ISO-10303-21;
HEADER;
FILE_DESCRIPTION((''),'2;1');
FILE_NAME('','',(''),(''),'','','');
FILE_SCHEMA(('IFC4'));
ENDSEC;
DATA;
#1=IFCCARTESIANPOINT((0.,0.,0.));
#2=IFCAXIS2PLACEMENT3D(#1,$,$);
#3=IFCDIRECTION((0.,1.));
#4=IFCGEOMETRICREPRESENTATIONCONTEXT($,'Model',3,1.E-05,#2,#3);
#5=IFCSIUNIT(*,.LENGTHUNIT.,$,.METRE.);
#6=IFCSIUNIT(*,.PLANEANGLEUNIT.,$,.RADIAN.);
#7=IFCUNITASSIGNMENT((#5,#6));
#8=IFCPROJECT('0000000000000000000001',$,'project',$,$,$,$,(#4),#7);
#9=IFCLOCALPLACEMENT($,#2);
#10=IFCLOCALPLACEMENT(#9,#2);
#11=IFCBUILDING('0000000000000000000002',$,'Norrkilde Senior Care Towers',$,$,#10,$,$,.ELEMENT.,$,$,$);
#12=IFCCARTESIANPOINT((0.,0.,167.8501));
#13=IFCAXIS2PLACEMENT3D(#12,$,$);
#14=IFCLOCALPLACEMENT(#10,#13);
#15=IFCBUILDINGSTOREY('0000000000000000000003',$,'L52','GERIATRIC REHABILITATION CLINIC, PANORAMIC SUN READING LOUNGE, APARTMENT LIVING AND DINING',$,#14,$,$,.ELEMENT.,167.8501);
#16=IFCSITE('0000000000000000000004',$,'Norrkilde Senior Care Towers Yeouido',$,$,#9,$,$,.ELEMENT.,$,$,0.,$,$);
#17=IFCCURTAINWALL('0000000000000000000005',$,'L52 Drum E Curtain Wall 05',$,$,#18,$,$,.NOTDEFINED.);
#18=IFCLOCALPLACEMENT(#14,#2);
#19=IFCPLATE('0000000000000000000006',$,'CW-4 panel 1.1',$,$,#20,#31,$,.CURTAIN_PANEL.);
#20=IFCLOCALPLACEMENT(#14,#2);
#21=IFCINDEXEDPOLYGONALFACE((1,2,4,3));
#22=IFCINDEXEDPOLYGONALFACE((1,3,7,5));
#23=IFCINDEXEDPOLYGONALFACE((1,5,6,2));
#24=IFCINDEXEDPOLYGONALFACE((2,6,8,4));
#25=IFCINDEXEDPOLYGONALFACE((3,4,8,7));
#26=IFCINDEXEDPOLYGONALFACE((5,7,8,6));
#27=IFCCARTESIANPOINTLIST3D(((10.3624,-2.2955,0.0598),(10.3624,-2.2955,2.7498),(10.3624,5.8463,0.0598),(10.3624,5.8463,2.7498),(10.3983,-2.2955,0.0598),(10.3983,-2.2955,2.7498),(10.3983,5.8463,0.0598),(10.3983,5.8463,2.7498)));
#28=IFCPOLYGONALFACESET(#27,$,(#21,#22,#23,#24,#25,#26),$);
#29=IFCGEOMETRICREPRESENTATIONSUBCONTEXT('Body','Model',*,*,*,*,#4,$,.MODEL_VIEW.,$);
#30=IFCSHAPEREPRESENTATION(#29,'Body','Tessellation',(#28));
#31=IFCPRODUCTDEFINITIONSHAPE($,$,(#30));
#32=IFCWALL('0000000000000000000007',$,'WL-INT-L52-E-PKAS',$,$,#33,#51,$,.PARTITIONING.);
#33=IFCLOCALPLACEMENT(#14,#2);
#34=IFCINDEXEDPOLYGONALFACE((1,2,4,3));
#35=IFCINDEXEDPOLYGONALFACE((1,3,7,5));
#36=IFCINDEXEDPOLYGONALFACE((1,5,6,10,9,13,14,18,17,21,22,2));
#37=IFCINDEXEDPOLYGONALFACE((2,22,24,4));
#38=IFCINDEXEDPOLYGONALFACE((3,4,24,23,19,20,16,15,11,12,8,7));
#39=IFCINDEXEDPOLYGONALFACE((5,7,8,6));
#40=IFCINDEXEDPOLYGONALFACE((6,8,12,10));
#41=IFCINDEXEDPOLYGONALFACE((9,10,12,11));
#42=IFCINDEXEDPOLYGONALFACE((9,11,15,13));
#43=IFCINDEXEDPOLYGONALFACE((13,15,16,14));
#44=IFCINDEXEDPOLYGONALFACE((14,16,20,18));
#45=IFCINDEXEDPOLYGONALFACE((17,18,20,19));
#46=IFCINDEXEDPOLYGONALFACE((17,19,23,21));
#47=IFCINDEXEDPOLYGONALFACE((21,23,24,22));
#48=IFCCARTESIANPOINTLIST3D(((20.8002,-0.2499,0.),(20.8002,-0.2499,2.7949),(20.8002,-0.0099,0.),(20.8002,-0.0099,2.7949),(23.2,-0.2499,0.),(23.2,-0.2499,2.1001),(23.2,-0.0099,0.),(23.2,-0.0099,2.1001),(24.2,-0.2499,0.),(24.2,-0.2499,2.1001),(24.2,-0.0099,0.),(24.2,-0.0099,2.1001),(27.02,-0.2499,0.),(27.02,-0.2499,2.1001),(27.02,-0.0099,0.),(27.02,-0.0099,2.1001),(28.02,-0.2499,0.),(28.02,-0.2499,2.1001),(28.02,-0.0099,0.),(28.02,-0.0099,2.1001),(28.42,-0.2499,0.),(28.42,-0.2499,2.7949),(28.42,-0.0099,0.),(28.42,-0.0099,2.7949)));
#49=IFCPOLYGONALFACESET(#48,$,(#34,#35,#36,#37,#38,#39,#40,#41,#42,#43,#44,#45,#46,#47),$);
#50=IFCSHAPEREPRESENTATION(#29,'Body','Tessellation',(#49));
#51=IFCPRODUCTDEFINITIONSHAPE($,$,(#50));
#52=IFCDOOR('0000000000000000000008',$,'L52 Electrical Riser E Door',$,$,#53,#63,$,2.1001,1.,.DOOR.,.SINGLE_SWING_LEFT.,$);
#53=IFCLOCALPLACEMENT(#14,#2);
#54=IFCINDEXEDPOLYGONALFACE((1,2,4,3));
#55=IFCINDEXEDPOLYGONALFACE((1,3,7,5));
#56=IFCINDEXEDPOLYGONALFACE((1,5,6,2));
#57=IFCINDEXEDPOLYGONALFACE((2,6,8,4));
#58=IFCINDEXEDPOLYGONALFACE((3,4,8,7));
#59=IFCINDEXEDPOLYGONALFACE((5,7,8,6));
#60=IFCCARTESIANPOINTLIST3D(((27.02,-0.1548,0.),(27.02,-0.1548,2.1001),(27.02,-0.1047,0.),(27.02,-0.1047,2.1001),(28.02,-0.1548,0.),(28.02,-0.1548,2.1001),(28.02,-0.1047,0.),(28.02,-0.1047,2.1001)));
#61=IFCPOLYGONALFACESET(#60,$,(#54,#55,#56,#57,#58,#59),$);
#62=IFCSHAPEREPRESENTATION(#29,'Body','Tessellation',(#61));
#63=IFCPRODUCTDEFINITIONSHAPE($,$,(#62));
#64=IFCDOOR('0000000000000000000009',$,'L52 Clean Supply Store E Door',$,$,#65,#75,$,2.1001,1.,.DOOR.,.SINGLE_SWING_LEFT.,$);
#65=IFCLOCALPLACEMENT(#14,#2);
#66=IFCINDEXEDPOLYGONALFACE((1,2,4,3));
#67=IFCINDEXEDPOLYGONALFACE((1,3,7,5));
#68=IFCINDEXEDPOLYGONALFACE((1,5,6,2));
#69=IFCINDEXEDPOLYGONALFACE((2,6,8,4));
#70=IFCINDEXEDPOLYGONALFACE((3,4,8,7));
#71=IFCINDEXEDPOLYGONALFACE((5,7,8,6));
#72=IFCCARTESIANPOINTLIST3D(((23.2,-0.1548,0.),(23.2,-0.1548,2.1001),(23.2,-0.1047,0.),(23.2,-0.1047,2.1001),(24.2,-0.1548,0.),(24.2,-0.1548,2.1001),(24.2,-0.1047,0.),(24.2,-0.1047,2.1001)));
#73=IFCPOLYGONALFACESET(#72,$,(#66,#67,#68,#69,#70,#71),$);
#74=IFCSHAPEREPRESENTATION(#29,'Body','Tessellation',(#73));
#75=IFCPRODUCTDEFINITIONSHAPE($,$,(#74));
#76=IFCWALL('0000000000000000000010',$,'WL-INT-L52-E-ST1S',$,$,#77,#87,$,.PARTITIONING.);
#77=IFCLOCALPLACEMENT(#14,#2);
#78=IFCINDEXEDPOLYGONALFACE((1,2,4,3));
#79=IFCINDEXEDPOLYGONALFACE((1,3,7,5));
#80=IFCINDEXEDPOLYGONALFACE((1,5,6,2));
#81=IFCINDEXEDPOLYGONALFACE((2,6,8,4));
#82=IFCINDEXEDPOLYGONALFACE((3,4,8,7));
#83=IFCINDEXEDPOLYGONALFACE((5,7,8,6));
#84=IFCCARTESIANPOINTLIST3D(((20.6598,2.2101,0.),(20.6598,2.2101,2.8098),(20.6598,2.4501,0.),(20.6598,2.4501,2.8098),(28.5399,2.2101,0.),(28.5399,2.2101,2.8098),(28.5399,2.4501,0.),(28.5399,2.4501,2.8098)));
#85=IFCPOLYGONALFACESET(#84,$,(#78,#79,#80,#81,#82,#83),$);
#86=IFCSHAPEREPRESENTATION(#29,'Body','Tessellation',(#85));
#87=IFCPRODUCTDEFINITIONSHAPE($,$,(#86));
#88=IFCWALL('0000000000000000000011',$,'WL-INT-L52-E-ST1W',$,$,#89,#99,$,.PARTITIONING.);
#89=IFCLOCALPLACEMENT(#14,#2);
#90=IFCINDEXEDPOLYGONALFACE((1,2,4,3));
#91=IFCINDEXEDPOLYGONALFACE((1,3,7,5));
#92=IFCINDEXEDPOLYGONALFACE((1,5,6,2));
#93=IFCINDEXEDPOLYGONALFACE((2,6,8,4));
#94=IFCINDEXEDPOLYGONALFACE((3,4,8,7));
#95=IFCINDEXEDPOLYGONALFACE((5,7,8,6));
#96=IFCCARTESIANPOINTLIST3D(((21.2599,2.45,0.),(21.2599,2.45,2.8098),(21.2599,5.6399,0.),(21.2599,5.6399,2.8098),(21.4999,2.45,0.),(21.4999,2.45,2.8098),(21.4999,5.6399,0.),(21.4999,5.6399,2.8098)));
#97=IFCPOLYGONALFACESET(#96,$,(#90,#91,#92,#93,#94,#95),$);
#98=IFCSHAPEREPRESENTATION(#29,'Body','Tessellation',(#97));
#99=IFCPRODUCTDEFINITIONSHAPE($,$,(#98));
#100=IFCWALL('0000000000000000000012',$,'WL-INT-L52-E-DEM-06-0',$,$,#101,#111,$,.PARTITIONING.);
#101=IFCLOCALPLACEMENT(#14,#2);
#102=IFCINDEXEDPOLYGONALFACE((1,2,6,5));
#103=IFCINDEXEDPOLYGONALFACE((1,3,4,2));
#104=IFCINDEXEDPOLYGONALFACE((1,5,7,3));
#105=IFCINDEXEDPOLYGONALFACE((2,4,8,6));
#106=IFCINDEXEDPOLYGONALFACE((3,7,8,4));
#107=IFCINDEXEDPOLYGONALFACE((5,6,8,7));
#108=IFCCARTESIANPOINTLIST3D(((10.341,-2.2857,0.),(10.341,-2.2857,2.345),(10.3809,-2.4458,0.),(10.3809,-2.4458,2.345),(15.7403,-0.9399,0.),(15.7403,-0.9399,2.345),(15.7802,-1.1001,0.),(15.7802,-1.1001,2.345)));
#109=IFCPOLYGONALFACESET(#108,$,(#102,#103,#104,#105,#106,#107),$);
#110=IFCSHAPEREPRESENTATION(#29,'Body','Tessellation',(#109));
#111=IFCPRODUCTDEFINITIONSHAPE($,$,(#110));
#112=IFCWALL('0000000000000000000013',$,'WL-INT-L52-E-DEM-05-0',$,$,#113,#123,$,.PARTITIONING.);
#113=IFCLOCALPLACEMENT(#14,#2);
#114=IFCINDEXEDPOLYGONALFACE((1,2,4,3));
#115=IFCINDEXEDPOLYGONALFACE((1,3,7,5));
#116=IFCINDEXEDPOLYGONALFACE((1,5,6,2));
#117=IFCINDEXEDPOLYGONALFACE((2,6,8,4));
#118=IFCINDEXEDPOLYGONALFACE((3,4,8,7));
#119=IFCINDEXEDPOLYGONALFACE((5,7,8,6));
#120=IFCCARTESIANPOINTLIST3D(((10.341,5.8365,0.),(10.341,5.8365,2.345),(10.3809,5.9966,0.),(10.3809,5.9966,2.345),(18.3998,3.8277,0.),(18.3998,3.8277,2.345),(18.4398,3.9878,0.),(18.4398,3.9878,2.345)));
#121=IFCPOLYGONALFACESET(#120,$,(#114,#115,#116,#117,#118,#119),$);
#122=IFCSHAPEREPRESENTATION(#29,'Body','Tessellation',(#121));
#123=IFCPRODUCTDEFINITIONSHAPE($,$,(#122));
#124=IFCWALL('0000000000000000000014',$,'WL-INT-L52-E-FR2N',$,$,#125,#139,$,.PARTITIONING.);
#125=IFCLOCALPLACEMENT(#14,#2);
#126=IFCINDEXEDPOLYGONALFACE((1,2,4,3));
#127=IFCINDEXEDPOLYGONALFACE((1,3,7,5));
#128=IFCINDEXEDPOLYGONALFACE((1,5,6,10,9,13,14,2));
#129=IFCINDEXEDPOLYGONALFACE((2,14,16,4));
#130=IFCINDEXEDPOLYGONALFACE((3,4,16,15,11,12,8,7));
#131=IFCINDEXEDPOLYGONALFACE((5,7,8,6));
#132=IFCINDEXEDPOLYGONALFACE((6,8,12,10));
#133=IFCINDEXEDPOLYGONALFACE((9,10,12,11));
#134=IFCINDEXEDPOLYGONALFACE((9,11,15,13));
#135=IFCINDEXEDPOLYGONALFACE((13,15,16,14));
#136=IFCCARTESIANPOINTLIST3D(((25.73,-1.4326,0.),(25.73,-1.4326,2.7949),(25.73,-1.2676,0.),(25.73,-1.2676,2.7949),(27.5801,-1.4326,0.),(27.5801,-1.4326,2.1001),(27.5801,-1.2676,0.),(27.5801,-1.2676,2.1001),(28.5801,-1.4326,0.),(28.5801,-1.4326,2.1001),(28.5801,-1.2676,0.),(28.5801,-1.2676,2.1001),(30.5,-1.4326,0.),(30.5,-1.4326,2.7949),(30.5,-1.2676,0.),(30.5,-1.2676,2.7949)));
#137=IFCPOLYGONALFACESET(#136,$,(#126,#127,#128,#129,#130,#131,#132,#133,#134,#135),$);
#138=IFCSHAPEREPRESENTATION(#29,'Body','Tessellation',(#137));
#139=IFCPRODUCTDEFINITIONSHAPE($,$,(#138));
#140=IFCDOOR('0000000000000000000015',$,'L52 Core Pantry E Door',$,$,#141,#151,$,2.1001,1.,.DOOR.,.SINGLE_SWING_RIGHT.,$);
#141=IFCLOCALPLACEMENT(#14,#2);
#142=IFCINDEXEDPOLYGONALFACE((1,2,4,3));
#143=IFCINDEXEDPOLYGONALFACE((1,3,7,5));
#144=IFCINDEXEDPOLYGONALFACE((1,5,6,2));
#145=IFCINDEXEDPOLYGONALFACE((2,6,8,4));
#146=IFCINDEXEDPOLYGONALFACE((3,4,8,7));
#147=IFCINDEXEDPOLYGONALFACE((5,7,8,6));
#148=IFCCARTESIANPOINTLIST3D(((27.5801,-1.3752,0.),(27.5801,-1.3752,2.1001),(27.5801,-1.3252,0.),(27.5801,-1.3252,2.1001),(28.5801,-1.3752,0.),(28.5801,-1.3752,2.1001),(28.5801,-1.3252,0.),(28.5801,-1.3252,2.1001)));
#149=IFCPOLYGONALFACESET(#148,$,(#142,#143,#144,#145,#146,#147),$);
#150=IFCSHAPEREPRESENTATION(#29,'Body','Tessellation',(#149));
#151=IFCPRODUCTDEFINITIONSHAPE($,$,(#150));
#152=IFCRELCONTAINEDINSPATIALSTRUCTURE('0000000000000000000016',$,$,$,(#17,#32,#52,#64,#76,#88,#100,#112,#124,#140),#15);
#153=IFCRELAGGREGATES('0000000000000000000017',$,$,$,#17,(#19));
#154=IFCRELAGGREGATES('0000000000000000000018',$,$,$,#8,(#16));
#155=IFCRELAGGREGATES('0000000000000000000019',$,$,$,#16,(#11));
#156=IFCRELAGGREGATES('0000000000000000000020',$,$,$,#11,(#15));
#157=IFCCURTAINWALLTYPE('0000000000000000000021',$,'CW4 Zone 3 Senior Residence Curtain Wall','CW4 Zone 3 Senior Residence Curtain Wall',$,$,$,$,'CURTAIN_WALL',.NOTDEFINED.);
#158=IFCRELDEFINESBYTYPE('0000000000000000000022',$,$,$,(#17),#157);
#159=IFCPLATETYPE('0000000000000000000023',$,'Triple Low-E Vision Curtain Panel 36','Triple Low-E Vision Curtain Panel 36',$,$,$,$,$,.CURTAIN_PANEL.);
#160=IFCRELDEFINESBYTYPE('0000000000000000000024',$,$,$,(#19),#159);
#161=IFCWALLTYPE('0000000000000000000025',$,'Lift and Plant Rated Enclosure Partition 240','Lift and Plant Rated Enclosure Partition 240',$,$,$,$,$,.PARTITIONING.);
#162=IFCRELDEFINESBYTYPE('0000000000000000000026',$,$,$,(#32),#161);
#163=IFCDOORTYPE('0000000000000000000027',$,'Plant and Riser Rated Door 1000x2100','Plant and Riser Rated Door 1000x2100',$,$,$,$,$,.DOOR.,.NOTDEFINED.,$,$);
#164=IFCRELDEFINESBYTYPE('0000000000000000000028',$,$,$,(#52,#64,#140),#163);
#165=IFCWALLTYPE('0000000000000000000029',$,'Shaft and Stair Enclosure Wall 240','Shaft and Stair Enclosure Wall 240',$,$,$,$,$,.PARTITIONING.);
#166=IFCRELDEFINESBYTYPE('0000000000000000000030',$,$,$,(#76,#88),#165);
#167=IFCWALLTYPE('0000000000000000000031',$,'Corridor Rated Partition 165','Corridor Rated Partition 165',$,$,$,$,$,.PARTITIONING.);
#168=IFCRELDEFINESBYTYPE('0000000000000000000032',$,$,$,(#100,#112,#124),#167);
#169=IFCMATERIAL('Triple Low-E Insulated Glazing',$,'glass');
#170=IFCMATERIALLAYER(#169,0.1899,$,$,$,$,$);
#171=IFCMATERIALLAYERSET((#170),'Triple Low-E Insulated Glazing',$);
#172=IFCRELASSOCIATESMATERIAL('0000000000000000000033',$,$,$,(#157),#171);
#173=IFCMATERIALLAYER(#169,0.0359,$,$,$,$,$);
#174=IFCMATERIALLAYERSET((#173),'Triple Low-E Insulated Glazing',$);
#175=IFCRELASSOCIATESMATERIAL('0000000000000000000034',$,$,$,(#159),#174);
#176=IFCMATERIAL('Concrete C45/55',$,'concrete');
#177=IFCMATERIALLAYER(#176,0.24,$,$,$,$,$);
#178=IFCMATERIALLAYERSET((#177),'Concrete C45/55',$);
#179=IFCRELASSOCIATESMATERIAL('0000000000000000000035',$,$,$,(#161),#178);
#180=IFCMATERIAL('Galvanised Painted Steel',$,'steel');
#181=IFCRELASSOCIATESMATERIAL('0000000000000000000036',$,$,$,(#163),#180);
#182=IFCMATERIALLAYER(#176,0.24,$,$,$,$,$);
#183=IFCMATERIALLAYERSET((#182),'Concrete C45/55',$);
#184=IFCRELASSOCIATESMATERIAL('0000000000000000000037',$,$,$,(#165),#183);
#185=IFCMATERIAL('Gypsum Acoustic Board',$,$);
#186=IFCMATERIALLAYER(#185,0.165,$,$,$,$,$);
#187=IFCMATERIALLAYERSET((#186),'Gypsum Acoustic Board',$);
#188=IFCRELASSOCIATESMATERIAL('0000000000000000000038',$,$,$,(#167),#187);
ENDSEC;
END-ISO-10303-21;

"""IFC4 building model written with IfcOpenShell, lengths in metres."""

from ifc_helpers import new_model, si_unit, direction, frame, frame_2d, origin, origin_2d, place, context, subcontext, project, spatial, rectangle, extrude, source, transform, mapped, material, layer, layer_set, type_object, type_shapes, element, fill, aggregate, save


model = new_model("IFC4")

# Units and contexts
model_context = context("Model", 3, precision=1e-05, world=origin(), true_north=direction((0.0, 1.0)))
body_context = subcontext(model_context, "Body", "Model", "MODEL_VIEW")
ifc_project = project(units=[si_unit("LENGTHUNIT", "METRE"), si_unit("PLANEANGLEUNIT", "RADIAN")], contexts=[model_context])

# Site, building, storey
site_placement = place(None, origin())
site = spatial("IfcSite", under=ifc_project, at=site_placement, Name="Norrkilde Senior Care Towers Yeouido", CompositionType="ELEMENT", RefElevation=0.0)
building_placement = place(site_placement, origin())
building = spatial("IfcBuilding", under=site, at=building_placement, Name="Norrkilde Senior Care Towers", CompositionType="ELEMENT")
storey_placement = place(building_placement, frame((0.0, 0.0, 167.8501)))
storey = spatial("IfcBuildingStorey", under=building, at=storey_placement, Name="L52", Description="GERIATRIC REHABILITATION CLINIC, PANORAMIC SUN READING LOUNGE, APARTMENT LIVING AND DINING", CompositionType="ELEMENT", Elevation=167.8501)

# Shared definitions
ifc_material_1 = material(Name="Triple Low-E Insulated Glazing", Category="glass")
ifc_layer_1 = layer(ifc_material_1, 0.1899)
ifc_layer_set_1 = layer_set([ifc_layer_1], Name="Triple Low-E Insulated Glazing")
curtain_wall_type = type_object("IfcCurtainWallType", Name="CW4 Zone 3 Senior Residence Curtain Wall", Description="CW4 Zone 3 Senior Residence Curtain Wall", ElementType="CURTAIN_WALL", PredefinedType="NOTDEFINED", material=ifc_layer_set_1)

# Curtain wall, plate
curtain_wall_1_placement = place(storey_placement, origin())
curtain_wall_1 = element("IfcCurtainWall", 1, at=curtain_wall_1_placement, inside=storey, type_object=curtain_wall_type, Name="L52 Drum E Curtain Wall 05", PredefinedType="NOTDEFINED")
ifc_layer_2 = layer(ifc_material_1, 0.0359)
ifc_layer_set_2 = layer_set([ifc_layer_2], Name="Triple Low-E Insulated Glazing")
plate_type = type_object("IfcPlateType", Name="Triple Low-E Vision Curtain Panel 36", Description="Triple Low-E Vision Curtain Panel 36", PredefinedType="CURTAIN_PANEL", material=ifc_layer_set_2)
shared_shape_1 = source(origin(), body_context, "Body", "SweptSolid", [
    extrude(rectangle(XDim=8.1418, YDim=0.0359, at=origin_2d()), origin(), (0.0, 0.0, 1.0), 2.6899),
])
type_shapes(plate_type, [shared_shape_1])
plate_placement = place(storey_placement, frame((10.3804, 1.7754, 0.0598), z_axis=(0.0, 0.0, 1.0), x_axis=(0.0, 1.0, 0.0)))
plate = element("IfcPlate", 2, at=plate_placement, type_object=plate_type, Name="CW-4 panel 1.1", PredefinedType="CURTAIN_PANEL", context=body_context, shape_type="MappedRepresentation", body=[
    mapped(shared_shape_1, transform((0.0, 0.0, 0.0), x_axis=(1.0, 0.0, 0.0), y_axis=(0.0, 1.0, 0.0), z_axis=(0.0, 0.0, 1.0), scale=1.0)),
])
aggregate(curtain_wall_1, [plate])

# Wall, openings, doors
ifc_material_2 = material(Name="Concrete C45/55", Category="concrete")
ifc_layer_3 = layer(ifc_material_2, 0.24)
ifc_layer_set_3 = layer_set([ifc_layer_3], Name="Concrete C45/55")
wall_type_1 = type_object("IfcWallType", Name="Lift and Plant Rated Enclosure Partition 240", Description="Lift and Plant Rated Enclosure Partition 240", PredefinedType="PARTITIONING", material=ifc_layer_set_3)
shared_shape_2 = source(origin(), body_context, "Body", "SweptSolid", [
    extrude(rectangle(XDim=7.6199, YDim=0.24, at=frame_2d((3.8101, 0.0))), origin(), (0.0, 0.0, 1.0), 2.7949),
])
type_shapes(wall_type_1, [shared_shape_2])
wall_1_placement = place(storey_placement, frame((20.8, -0.1299, 0.0), z_axis=(0.0, 0.0, 1.0), x_axis=(1.0, 0.0, 0.0)))
wall_1 = element("IfcWall", 3, at=wall_1_placement, inside=storey, type_object=wall_type_1, Name="WL-INT-L52-E-PKAS", PredefinedType="PARTITIONING", context=body_context, shape_type="MappedRepresentation", body=[
    mapped(shared_shape_2, transform((0.0, 0.0, 0.0), x_axis=(1.0, 0.0, 0.0), y_axis=(0.0, 1.0, 0.0), z_axis=(0.0, 0.0, 1.0), scale=1.0)),
])
opening_1_placement = place(wall_1_placement, frame((6.22, 0.0, 0.0)))
opening_1 = element("IfcOpeningElement", 4, at=opening_1_placement, cuts=wall_1, PredefinedType="OPENING", context=body_context, shape_type="SweptSolid", body=[
    extrude(rectangle(XDim=1.0, YDim=2.1001, at=frame_2d((0.5, 1.05))), frame((0.0, 0.1299, 0.0), z_axis=(0.0, -1.0, 0.0), x_axis=(1.0, 0.0, 0.0)), (0.0, 0.0, 1.0), 0.26),
])
opening_2_placement = place(wall_1_placement, frame((2.3999, 0.0, 0.0)))
opening_2 = element("IfcOpeningElement", 5, at=opening_2_placement, cuts=wall_1, PredefinedType="OPENING", context=body_context, shape_type="SweptSolid", body=[
    extrude(rectangle(XDim=1.0, YDim=2.1001, at=frame_2d((0.5, 1.05))), frame((0.0, 0.1299, 0.0), z_axis=(0.0, -1.0, 0.0), x_axis=(1.0, 0.0, 0.0)), (0.0, 0.0, 1.0), 0.26),
])
ifc_material_3 = material(Name="Galvanised Painted Steel", Category="steel")
door_type = type_object("IfcDoorType", Name="Plant and Riser Rated Door 1000x2100", Description="Plant and Riser Rated Door 1000x2100", OperationType="NOTDEFINED", PredefinedType="DOOR", material=ifc_material_3)
shared_shape_3 = source(origin(), body_context, "Body", "SweptSolid", [
    extrude(rectangle(XDim=1.0, YDim=2.1001, at=frame_2d((0.5, 1.05))), frame((0.0, 0.0249, 0.0), z_axis=(0.0, -1.0, 0.0), x_axis=(1.0, 0.0, 0.0)), (0.0, 0.0, 1.0), 0.05),
])
type_shapes(door_type, [shared_shape_3])
door_1_placement = place(opening_1_placement, frame((1.0, 0.0, 0.0), z_axis=(0.0, 0.0, 1.0), x_axis=(-1.0, 0.0, 0.0)))
door_1 = element("IfcDoor", 6, at=door_1_placement, inside=storey, type_object=door_type, Name="L52 Electrical Riser E Door", OperationType="SINGLE_SWING_LEFT", OverallHeight=2.1001, OverallWidth=1.0, PredefinedType="DOOR", context=body_context, shape_type="MappedRepresentation", body=[
    mapped(shared_shape_3, transform((0.0, 0.0, 0.0), x_axis=(1.0, 0.0, 0.0), y_axis=(0.0, 1.0, 0.0), z_axis=(0.0, 0.0, 1.0), scale=1.0)),
])
fill(opening_1, door_1)
door_2_placement = place(opening_2_placement, frame((1.0, 0.0, 0.0), z_axis=(0.0, 0.0, 1.0), x_axis=(-1.0, 0.0, 0.0)))
door_2 = element("IfcDoor", 7, at=door_2_placement, inside=storey, type_object=door_type, Name="L52 Clean Supply Store E Door", OperationType="SINGLE_SWING_LEFT", OverallHeight=2.1001, OverallWidth=1.0, PredefinedType="DOOR", context=body_context, shape_type="MappedRepresentation", body=[
    mapped(shared_shape_3, transform((0.0, 0.0, 0.0), x_axis=(1.0, 0.0, 0.0), y_axis=(0.0, 1.0, 0.0), z_axis=(0.0, 0.0, 1.0), scale=1.0)),
])
fill(opening_2, door_2)

# Walls
ifc_layer_4 = layer(ifc_material_2, 0.24)
ifc_layer_set_4 = layer_set([ifc_layer_4], Name="Concrete C45/55")
wall_type_2 = type_object("IfcWallType", Name="Shaft and Stair Enclosure Wall 240", Description="Shaft and Stair Enclosure Wall 240", PredefinedType="PARTITIONING", material=ifc_layer_set_4)
shared_shape_4 = source(origin(), body_context, "Body", "SweptSolid", [
    extrude(rectangle(XDim=7.8801, YDim=0.24, at=frame_2d((3.9399, 0.0))), origin(), (0.0, 0.0, 1.0), 2.8098),
])
wall_2_placement = place(storey_placement, frame((20.6599, 2.3301, 0.0), z_axis=(0.0, 0.0, 1.0), x_axis=(1.0, 0.0, 0.0)))
element("IfcWall", 8, at=wall_2_placement, inside=storey, type_object=wall_type_2, Name="WL-INT-L52-E-ST1S", PredefinedType="PARTITIONING", context=body_context, shape_type="MappedRepresentation", body=[
    mapped(shared_shape_4, transform((0.0, 0.0, 0.0), x_axis=(1.0, 0.0, 0.0), y_axis=(0.0, 1.0, 0.0), z_axis=(0.0, 0.0, 1.0), scale=1.0)),
])
shared_shape_5 = source(origin(), body_context, "Body", "SweptSolid", [
    extrude(rectangle(XDim=3.1899, YDim=0.24, at=frame_2d((1.595, 0.0))), origin(), (0.0, 0.0, 1.0), 2.8098),
])
type_shapes(wall_type_2, [shared_shape_4, shared_shape_5])
wall_3_placement = place(storey_placement, frame((21.3799, 2.45, 0.0), z_axis=(0.0, 0.0, 1.0), x_axis=(0.0, 1.0, 0.0)))
element("IfcWall", 9, at=wall_3_placement, inside=storey, type_object=wall_type_2, Name="WL-INT-L52-E-ST1W", PredefinedType="PARTITIONING", context=body_context, shape_type="MappedRepresentation", body=[
    mapped(shared_shape_5, transform((0.0, 0.0, 0.0), x_axis=(1.0, 0.0, 0.0), y_axis=(0.0, 1.0, 0.0), z_axis=(0.0, 0.0, 1.0), scale=1.0)),
])
ifc_material_4 = material(Name="Gypsum Acoustic Board")
ifc_layer_5 = layer(ifc_material_4, 0.165)
ifc_layer_set_5 = layer_set([ifc_layer_5], Name="Gypsum Acoustic Board")
wall_type_3 = type_object("IfcWallType", Name="Corridor Rated Partition 165", Description="Corridor Rated Partition 165", PredefinedType="PARTITIONING", material=ifc_layer_set_5)
shared_shape_6 = source(origin(), body_context, "Body", "SweptSolid", [
    extrude(rectangle(XDim=5.5645, YDim=0.165, at=frame_2d((2.7822, 0.0))), origin(), (0.0, 0.0, 1.0), 2.345),
])
wall_4_placement = place(storey_placement, frame((15.7603, -1.02, 0.0), z_axis=(0.0, 0.0, 1.0), x_axis=(-0.970315, -0.241844, 0.0)))
element("IfcWall", 10, at=wall_4_placement, inside=storey, type_object=wall_type_3, Name="WL-INT-L52-E-DEM-06-0", PredefinedType="PARTITIONING", context=body_context, shape_type="MappedRepresentation", body=[
    mapped(shared_shape_6, transform((0.0, 0.0, 0.0), x_axis=(1.0, 0.0, 0.0), y_axis=(0.0, 1.0, 0.0), z_axis=(0.0, 0.0, 1.0), scale=1.0)),
])
shared_shape_7 = source(origin(), body_context, "Body", "SweptSolid", [
    extrude(rectangle(XDim=8.3054, YDim=0.165, at=frame_2d((4.1528, 0.0))), origin(), (0.0, 0.0, 1.0), 2.345),
])
wall_5_placement = place(storey_placement, frame((18.4199, 3.9077, 0.0), z_axis=(0.0, 0.0, 1.0), x_axis=(-0.97031, 0.241865, 0.0)))
element("IfcWall", 11, at=wall_5_placement, inside=storey, type_object=wall_type_3, Name="WL-INT-L52-E-DEM-05-0", PredefinedType="PARTITIONING", context=body_context, shape_type="MappedRepresentation", body=[
    mapped(shared_shape_7, transform((0.0, 0.0, 0.0), x_axis=(1.0, 0.0, 0.0), y_axis=(0.0, 1.0, 0.0), z_axis=(0.0, 0.0, 1.0), scale=1.0)),
])

# Wall, opening, door
shared_shape_8 = source(origin(), body_context, "Body", "SweptSolid", [
    extrude(rectangle(XDim=4.77, YDim=0.165, at=frame_2d((2.385, 0.0))), origin(), (0.0, 0.0, 1.0), 2.7949),
])
wall_6_placement = place(storey_placement, frame((25.73, -1.3501, 0.0), z_axis=(0.0, 0.0, 1.0), x_axis=(1.0, 0.0, 0.0)))
wall_6 = element("IfcWall", 12, at=wall_6_placement, inside=storey, type_object=wall_type_3, Name="WL-INT-L52-E-FR2N", PredefinedType="PARTITIONING", context=body_context, shape_type="MappedRepresentation", body=[
    mapped(shared_shape_8, transform((0.0, 0.0, 0.0), x_axis=(1.0, 0.0, 0.0), y_axis=(0.0, 1.0, 0.0), z_axis=(0.0, 0.0, 1.0), scale=1.0)),
])
opening_3_placement = place(wall_6_placement, frame((1.8501, 0.0, 0.0)))
opening_3 = element("IfcOpeningElement", 13, at=opening_3_placement, cuts=wall_6, PredefinedType="OPENING", context=body_context, shape_type="SweptSolid", body=[
    extrude(rectangle(XDim=1.0, YDim=2.1001, at=frame_2d((0.5, 1.05))), frame((0.0, 0.0925, 0.0), z_axis=(0.0, -1.0, 0.0), x_axis=(1.0, 0.0, 0.0)), (0.0, 0.0, 1.0), 0.1851),
])
door_3_placement = place(opening_3_placement, origin())
door_3 = element("IfcDoor", 14, at=door_3_placement, inside=storey, type_object=door_type, Name="L52 Core Pantry E Door", OperationType="SINGLE_SWING_RIGHT", OverallHeight=2.1001, OverallWidth=1.0, PredefinedType="DOOR", context=body_context, shape_type="MappedRepresentation", body=[
    mapped(shared_shape_3, transform((0.0, 0.0, 0.0), x_axis=(1.0, 0.0, 0.0), y_axis=(0.0, 1.0, 0.0), z_axis=(0.0, 0.0, 1.0), scale=1.0)),
])
fill(opening_3, door_3)

save(model, "model.ifc")
